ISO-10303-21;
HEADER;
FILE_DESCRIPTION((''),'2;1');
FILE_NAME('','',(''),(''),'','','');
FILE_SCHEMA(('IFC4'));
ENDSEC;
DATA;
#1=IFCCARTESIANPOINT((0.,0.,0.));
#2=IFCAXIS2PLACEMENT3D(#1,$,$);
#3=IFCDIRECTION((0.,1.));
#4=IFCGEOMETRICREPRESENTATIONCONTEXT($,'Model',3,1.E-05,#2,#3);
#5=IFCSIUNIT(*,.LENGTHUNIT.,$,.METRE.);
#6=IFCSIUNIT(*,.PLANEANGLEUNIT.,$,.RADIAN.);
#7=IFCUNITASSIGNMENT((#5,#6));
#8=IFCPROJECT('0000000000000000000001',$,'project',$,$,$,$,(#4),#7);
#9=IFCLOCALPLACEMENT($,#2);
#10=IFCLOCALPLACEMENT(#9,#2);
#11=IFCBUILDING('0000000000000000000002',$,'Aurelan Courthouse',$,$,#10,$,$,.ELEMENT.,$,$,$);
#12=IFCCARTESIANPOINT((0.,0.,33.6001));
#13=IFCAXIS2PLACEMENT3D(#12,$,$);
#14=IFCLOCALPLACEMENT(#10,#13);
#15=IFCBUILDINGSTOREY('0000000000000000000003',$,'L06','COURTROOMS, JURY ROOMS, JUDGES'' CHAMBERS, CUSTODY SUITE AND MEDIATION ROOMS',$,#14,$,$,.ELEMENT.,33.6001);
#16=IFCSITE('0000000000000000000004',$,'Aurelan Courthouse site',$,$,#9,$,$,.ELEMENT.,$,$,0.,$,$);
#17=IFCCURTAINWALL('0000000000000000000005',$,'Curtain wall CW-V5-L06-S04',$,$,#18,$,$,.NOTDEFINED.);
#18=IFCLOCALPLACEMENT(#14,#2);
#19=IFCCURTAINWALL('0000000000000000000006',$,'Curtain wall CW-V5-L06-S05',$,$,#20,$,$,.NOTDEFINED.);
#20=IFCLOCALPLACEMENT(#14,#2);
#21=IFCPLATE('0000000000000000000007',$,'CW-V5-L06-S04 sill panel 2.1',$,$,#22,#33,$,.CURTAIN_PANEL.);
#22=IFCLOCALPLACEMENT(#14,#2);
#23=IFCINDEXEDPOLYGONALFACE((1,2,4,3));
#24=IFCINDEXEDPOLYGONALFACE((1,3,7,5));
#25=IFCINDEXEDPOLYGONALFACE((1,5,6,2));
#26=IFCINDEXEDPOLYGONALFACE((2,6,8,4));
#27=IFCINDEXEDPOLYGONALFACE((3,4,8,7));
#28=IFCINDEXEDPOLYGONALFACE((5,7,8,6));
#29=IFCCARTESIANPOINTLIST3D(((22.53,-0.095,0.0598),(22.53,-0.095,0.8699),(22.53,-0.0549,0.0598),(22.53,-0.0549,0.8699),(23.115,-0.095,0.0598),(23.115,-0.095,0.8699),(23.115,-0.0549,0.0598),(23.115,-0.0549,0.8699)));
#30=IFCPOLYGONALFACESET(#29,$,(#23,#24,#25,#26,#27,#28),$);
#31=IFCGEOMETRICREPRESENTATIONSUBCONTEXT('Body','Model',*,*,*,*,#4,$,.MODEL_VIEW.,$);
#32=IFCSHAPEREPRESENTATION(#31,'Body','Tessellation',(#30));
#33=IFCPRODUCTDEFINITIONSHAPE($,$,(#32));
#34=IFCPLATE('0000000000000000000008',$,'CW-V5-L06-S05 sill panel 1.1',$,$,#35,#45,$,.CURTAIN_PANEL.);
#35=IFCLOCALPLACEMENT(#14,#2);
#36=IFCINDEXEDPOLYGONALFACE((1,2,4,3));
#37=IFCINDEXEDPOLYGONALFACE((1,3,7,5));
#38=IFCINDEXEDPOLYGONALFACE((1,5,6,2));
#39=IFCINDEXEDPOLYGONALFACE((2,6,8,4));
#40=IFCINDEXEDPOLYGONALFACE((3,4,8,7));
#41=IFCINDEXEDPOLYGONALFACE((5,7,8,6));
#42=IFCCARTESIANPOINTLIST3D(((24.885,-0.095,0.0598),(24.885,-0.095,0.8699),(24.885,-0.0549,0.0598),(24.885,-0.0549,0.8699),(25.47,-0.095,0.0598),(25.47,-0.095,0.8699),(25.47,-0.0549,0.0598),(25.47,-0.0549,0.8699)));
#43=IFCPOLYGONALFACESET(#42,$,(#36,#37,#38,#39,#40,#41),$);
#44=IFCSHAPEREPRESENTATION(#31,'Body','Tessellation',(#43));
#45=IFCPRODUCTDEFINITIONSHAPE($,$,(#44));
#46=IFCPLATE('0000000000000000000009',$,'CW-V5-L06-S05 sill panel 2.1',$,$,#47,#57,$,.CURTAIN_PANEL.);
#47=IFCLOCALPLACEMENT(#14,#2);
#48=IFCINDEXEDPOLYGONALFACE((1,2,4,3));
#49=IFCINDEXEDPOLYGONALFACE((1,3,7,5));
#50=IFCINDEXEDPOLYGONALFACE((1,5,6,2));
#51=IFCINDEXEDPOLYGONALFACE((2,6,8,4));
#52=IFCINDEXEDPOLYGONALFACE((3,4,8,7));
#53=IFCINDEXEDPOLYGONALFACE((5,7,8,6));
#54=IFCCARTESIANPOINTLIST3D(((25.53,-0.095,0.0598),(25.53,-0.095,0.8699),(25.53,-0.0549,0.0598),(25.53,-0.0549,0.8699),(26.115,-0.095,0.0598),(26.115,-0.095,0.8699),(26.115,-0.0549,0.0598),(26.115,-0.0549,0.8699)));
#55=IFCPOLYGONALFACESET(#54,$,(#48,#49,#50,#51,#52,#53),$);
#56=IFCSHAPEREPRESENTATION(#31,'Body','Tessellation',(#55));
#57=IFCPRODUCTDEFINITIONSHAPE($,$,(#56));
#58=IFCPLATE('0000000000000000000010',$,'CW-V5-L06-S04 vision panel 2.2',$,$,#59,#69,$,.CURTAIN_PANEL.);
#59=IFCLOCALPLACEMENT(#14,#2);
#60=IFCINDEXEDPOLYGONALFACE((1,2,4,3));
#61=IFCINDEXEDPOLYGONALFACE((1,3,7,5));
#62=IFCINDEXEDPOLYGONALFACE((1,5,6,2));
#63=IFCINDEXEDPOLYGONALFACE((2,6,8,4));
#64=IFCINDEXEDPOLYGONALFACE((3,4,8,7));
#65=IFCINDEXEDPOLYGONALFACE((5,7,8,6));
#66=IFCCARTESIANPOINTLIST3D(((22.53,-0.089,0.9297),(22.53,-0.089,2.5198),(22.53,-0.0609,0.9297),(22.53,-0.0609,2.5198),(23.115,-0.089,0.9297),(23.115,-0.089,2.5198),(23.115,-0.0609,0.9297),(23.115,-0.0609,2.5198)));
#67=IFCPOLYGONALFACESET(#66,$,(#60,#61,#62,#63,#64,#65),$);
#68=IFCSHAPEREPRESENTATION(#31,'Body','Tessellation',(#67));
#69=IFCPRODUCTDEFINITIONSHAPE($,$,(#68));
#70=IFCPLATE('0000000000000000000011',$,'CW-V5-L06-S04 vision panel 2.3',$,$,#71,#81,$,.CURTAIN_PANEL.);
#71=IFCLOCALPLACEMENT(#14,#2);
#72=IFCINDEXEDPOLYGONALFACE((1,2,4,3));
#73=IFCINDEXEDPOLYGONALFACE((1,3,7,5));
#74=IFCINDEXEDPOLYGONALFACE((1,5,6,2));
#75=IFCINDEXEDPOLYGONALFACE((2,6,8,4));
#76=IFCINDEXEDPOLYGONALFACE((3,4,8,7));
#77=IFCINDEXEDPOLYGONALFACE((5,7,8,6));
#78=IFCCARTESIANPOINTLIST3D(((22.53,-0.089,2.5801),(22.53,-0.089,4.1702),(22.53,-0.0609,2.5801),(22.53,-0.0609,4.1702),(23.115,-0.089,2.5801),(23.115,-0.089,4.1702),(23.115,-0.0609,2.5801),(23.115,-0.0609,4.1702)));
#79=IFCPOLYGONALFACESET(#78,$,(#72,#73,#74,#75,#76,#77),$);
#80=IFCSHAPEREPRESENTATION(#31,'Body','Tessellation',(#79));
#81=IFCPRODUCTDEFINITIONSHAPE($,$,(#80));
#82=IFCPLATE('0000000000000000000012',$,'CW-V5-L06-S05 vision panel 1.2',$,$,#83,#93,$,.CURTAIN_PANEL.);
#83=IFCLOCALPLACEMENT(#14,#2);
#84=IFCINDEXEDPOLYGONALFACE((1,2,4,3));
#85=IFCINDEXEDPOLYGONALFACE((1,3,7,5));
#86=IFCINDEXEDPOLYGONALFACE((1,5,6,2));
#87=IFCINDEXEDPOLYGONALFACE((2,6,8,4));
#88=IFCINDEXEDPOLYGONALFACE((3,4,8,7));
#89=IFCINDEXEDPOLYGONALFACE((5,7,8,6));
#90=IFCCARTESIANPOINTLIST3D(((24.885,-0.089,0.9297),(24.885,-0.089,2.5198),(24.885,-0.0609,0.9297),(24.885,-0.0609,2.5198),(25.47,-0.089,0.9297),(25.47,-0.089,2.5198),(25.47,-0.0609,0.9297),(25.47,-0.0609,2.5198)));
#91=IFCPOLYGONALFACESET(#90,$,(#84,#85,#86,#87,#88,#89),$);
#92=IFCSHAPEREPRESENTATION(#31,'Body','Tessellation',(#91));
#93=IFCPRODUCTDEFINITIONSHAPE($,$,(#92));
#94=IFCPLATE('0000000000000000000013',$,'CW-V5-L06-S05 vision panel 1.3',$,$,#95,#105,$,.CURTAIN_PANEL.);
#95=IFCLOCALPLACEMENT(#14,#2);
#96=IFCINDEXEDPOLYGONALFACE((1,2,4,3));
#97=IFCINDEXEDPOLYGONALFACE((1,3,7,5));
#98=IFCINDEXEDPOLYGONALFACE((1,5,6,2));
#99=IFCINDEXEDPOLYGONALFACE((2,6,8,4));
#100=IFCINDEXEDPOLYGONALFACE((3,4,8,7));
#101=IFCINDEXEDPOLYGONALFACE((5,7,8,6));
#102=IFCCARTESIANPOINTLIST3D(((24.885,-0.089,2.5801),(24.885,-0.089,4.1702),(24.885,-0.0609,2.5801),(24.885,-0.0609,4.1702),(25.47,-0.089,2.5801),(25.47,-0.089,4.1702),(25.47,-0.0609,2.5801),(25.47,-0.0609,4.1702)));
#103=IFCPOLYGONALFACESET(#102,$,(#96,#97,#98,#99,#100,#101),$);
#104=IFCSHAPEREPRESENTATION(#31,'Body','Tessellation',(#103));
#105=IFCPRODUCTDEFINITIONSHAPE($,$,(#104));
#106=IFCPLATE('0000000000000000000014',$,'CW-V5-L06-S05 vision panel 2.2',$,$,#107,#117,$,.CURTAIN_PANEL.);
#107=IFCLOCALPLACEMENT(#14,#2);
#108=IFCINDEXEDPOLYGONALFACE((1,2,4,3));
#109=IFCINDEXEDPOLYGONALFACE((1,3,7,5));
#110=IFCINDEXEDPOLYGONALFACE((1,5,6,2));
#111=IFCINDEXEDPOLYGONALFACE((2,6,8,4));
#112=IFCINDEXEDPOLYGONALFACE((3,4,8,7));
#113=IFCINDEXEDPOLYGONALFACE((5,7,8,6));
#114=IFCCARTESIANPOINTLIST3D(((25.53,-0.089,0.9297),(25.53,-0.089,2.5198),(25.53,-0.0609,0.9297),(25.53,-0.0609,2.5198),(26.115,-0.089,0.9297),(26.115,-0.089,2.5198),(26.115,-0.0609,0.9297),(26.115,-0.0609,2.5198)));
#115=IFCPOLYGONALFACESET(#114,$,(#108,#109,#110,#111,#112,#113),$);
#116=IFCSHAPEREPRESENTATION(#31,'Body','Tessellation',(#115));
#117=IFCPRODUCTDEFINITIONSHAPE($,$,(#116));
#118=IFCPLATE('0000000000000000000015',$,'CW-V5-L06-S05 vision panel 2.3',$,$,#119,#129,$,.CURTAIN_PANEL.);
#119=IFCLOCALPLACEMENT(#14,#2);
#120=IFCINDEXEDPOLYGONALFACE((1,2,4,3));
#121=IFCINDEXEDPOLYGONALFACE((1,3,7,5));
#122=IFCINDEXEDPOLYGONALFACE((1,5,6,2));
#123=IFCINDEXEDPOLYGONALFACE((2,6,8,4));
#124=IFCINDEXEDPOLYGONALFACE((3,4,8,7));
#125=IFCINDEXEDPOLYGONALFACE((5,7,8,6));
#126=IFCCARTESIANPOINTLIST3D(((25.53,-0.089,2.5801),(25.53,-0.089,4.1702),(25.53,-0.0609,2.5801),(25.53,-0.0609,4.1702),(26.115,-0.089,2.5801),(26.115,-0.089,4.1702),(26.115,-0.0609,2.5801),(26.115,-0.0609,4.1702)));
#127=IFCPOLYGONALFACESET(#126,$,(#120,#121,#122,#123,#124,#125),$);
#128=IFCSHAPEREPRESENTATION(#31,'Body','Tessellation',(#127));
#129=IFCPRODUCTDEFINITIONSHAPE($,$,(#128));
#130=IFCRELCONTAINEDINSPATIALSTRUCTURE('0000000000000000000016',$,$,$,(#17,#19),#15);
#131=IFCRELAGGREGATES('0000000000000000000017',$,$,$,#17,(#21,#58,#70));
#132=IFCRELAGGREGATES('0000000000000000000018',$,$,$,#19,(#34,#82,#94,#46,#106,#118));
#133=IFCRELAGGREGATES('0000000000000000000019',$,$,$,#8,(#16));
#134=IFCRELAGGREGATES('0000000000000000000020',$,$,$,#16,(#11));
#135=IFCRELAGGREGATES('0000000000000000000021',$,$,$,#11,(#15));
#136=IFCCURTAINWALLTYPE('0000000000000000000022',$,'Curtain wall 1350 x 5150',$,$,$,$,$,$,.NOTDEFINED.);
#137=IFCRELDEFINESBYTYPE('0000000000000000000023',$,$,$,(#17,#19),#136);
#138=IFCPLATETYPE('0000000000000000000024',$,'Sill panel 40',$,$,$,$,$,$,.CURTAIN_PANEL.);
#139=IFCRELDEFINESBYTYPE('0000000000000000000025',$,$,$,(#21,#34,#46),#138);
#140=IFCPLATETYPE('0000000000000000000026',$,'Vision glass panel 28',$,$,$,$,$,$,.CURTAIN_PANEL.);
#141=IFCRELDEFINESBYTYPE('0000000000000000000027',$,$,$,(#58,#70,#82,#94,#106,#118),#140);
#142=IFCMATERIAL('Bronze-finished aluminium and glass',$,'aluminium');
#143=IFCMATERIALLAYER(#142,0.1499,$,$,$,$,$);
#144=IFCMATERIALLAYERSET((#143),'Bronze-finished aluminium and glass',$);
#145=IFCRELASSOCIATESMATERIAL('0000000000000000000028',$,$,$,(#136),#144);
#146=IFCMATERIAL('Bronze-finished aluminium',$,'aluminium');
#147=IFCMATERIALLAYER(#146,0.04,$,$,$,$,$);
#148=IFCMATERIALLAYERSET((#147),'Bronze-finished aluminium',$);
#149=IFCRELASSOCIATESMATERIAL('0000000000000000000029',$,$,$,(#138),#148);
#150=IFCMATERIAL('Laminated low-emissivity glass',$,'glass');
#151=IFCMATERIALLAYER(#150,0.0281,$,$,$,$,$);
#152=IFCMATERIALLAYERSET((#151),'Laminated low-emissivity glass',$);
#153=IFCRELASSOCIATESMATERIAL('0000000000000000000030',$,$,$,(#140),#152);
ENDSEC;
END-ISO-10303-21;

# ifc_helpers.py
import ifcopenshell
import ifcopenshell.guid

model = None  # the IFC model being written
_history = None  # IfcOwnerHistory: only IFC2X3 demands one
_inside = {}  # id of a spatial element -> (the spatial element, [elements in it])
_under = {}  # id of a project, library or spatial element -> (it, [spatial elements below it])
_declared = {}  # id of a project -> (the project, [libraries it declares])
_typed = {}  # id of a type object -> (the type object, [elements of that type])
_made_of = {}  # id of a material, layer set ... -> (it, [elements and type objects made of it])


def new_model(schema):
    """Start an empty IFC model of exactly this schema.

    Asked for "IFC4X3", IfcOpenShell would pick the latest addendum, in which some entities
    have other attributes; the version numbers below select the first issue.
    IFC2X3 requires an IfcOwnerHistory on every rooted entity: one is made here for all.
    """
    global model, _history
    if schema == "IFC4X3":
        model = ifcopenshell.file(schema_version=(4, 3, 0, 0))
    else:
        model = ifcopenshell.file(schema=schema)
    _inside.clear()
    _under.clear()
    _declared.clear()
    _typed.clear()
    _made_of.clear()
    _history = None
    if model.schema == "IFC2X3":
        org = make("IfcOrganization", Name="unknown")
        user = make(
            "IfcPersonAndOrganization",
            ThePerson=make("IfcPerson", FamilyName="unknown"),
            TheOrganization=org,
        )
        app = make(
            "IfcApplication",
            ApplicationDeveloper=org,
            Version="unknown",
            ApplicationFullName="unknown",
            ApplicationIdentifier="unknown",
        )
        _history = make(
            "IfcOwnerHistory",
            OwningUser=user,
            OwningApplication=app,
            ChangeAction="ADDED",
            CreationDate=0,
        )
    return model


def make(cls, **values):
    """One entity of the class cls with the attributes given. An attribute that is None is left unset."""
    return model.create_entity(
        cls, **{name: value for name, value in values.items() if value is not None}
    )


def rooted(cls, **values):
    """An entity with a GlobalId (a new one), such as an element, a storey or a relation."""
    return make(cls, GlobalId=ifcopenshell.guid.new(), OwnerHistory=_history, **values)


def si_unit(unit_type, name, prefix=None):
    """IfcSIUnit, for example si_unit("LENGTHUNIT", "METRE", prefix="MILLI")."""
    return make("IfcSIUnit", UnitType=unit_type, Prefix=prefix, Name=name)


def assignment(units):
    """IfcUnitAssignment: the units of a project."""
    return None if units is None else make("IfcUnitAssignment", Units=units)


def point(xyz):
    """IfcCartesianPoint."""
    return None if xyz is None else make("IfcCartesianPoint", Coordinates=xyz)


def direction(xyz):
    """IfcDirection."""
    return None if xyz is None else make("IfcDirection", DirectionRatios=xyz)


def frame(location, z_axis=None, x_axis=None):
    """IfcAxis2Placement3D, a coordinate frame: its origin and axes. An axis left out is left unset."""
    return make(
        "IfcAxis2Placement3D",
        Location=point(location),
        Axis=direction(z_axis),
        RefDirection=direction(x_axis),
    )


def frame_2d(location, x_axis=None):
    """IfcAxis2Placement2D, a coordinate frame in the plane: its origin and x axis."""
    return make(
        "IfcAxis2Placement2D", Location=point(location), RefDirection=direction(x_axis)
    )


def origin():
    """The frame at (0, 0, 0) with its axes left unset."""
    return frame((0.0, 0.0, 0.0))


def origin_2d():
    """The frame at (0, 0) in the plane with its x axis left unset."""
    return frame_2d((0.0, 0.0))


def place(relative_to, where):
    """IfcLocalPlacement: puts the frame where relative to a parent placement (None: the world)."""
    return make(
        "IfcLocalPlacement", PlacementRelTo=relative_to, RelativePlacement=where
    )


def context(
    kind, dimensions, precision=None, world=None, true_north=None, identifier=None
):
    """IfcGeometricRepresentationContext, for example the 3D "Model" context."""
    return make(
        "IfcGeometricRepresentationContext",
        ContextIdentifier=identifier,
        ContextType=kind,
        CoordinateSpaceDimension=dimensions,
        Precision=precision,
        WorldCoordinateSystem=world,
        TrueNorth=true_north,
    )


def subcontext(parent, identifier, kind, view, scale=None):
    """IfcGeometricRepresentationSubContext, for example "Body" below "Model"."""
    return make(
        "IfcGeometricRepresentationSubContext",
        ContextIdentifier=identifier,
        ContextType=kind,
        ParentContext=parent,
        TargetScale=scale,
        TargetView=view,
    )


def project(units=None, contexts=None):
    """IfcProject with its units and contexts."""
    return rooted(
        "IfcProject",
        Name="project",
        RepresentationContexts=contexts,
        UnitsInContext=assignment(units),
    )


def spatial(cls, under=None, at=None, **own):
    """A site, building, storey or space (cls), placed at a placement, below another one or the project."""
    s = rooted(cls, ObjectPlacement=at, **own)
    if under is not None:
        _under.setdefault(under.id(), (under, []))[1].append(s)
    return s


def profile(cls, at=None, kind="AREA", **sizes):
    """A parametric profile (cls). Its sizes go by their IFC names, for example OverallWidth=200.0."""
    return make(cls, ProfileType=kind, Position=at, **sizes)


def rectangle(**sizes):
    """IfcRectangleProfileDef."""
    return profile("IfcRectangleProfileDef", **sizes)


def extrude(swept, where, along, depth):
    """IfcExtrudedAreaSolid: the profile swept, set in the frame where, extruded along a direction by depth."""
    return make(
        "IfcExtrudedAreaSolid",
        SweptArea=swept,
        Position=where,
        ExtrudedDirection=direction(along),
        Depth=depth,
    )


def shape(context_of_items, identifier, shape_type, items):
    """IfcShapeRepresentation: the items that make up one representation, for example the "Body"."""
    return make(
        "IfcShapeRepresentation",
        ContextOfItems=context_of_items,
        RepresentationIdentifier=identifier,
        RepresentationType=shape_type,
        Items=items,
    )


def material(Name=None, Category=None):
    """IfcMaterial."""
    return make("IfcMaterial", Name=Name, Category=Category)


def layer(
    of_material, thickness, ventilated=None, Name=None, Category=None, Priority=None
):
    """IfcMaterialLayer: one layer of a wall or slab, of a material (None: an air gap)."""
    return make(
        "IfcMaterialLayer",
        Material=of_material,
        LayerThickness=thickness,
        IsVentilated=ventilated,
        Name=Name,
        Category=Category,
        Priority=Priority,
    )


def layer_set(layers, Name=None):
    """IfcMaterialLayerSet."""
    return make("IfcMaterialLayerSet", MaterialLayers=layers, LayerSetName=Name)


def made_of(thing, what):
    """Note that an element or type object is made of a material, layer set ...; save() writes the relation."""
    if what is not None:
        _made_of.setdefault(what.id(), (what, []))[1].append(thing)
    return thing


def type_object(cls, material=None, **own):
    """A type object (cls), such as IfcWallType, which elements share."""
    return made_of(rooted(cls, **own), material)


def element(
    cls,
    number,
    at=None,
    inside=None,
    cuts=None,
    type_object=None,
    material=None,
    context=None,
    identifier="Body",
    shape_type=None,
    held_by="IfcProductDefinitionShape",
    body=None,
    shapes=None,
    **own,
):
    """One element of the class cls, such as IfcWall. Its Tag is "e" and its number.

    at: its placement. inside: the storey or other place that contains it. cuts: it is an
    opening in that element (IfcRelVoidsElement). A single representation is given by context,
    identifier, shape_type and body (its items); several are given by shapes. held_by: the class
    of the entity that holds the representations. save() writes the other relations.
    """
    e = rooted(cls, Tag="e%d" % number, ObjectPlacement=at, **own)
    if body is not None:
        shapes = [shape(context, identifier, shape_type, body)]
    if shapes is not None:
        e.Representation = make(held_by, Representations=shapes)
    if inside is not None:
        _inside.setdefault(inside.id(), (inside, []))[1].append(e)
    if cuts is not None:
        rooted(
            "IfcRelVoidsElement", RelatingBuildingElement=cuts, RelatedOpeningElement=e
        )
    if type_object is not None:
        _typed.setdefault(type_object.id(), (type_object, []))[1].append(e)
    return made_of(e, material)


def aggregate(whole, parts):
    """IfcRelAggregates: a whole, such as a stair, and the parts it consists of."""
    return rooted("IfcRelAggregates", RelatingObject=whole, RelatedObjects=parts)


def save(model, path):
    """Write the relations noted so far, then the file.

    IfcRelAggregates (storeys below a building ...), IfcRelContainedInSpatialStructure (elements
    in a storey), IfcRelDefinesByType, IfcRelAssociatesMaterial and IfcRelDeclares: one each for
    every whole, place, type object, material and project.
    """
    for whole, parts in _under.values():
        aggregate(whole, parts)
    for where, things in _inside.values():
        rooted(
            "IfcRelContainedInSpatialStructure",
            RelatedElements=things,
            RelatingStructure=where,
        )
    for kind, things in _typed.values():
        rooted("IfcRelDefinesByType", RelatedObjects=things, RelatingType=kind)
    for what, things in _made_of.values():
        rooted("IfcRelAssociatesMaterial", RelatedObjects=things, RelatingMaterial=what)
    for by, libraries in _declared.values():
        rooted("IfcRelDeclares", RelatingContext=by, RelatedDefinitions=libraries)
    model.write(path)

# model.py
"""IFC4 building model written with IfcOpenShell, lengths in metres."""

from ifc_helpers import new_model, si_unit, direction, frame, origin, origin_2d, place, context, subcontext, project, spatial, rectangle, extrude, material, layer, layer_set, type_object, element, aggregate, save


model = new_model("IFC4")

# Units and contexts
model_context = context("Model", 3, precision=1e-05, world=origin(), true_north=direction((0.0, 1.0)))
body_context = subcontext(model_context, "Body", "Model", "MODEL_VIEW")
ifc_project = project(units=[si_unit("LENGTHUNIT", "METRE"), si_unit("PLANEANGLEUNIT", "RADIAN")], contexts=[model_context])

# Site, building, storey
site_placement = place(None, origin())
site = spatial("IfcSite", under=ifc_project, at=site_placement, Name="Aurelan Courthouse site", CompositionType="ELEMENT", RefElevation=0.0)
building_placement = place(site_placement, origin())
building = spatial("IfcBuilding", under=site, at=building_placement, Name="Aurelan Courthouse", CompositionType="ELEMENT")
storey_placement = place(building_placement, frame((0.0, 0.0, 33.6001)))
storey = spatial("IfcBuildingStorey", under=building, at=storey_placement, Name="L06", Description="COURTROOMS, JURY ROOMS, JUDGES' CHAMBERS, CUSTODY SUITE AND MEDIATION ROOMS", CompositionType="ELEMENT", Elevation=33.6001)

# Curtain wall
ifc_material_1 = material(Name="Bronze-finished aluminium and glass", Category="aluminium")
ifc_layer_1 = layer(ifc_material_1, 0.1499)
ifc_layer_set_1 = layer_set([ifc_layer_1], Name="Bronze-finished aluminium and glass")
curtain_wall_type = type_object("IfcCurtainWallType", Name="Curtain wall 1350 x 5150", PredefinedType="NOTDEFINED", material=ifc_layer_set_1)
curtain_wall_1_placement = place(storey_placement, origin())
curtain_wall_1 = element("IfcCurtainWall", 1, at=curtain_wall_1_placement, inside=storey, type_object=curtain_wall_type, Name="Curtain wall CW-V5-L06-S04", PredefinedType="NOTDEFINED")
ifc_material_2 = material(Name="Bronze-finished aluminium", Category="aluminium")

# Curtain wall
curtain_wall_2_placement = place(storey_placement, origin())
curtain_wall_2 = element("IfcCurtainWall", 2, at=curtain_wall_2_placement, inside=storey, type_object=curtain_wall_type, Name="Curtain wall CW-V5-L06-S05", PredefinedType="NOTDEFINED")

# Plates
ifc_layer_2 = layer(ifc_material_2, 0.04)
ifc_layer_set_2 = layer_set([ifc_layer_2], Name="Bronze-finished aluminium")
plate_type_1 = type_object("IfcPlateType", Name="Sill panel 40", PredefinedType="CURTAIN_PANEL", material=ifc_layer_set_2)
plate_1_placement = place(storey_placement, frame((22.8225, -0.075, 0.0598), z_axis=(0.0, 0.0, 1.0), x_axis=(1.0, 0.0, 0.0)))
plate_1 = element("IfcPlate", 3, at=plate_1_placement, type_object=plate_type_1, Name="CW-V5-L06-S04 sill panel 2.1", PredefinedType="CURTAIN_PANEL", context=body_context, shape_type="SweptSolid", body=[
    extrude(rectangle(XDim=0.585, YDim=0.04, at=origin_2d()), origin(), (0.0, 0.0, 1.0), 0.8101),
])
plate_2_placement = place(storey_placement, frame((25.1775, -0.075, 0.0598), z_axis=(0.0, 0.0, 1.0), x_axis=(1.0, 0.0, 0.0)))
plate_2 = element("IfcPlate", 4, at=plate_2_placement, type_object=plate_type_1, Name="CW-V5-L06-S05 sill panel 1.1", PredefinedType="CURTAIN_PANEL", context=body_context, shape_type="SweptSolid", body=[
    extrude(rectangle(XDim=0.585, YDim=0.04, at=origin_2d()), origin(), (0.0, 0.0, 1.0), 0.8101),
])
plate_3_placement = place(storey_placement, frame((25.8225, -0.075, 0.0598), z_axis=(0.0, 0.0, 1.0), x_axis=(1.0, 0.0, 0.0)))
plate_3 = element("IfcPlate", 5, at=plate_3_placement, type_object=plate_type_1, Name="CW-V5-L06-S05 sill panel 2.1", PredefinedType="CURTAIN_PANEL", context=body_context, shape_type="SweptSolid", body=[
    extrude(rectangle(XDim=0.585, YDim=0.04, at=origin_2d()), origin(), (0.0, 0.0, 1.0), 0.8101),
])
ifc_material_3 = material(Name="Laminated low-emissivity glass", Category="glass")
ifc_layer_3 = layer(ifc_material_3, 0.0281)
ifc_layer_set_3 = layer_set([ifc_layer_3], Name="Laminated low-emissivity glass")
plate_type_2 = type_object("IfcPlateType", Name="Vision glass panel 28", PredefinedType="CURTAIN_PANEL", material=ifc_layer_set_3)
plate_4_placement = place(storey_placement, frame((22.8225, -0.075, 0.9297), z_axis=(0.0, 0.0, 1.0), x_axis=(1.0, 0.0, 0.0)))
plate_4 = element("IfcPlate", 6, at=plate_4_placement, type_object=plate_type_2, Name="CW-V5-L06-S04 vision panel 2.2", PredefinedType="CURTAIN_PANEL", context=body_context, shape_type="SweptSolid", body=[
    extrude(rectangle(XDim=0.585, YDim=0.0281, at=origin_2d()), origin(), (0.0, 0.0, 1.0), 1.5901),
])
plate_5_placement = place(storey_placement, frame((22.8225, -0.075, 2.5801), z_axis=(0.0, 0.0, 1.0), x_axis=(1.0, 0.0, 0.0)))
plate_5 = element("IfcPlate", 7, at=plate_5_placement, type_object=plate_type_2, Name="CW-V5-L06-S04 vision panel 2.3", PredefinedType="CURTAIN_PANEL", context=body_context, shape_type="SweptSolid", body=[
    extrude(rectangle(XDim=0.585, YDim=0.0281, at=origin_2d()), origin(), (0.0, 0.0, 1.0), 1.5901),
])
aggregate(curtain_wall_1, [plate_1, plate_4, plate_5])
plate_6_placement = place(storey_placement, frame((25.1775, -0.075, 0.9297), z_axis=(0.0, 0.0, 1.0), x_axis=(1.0, 0.0, 0.0)))
plate_6 = element("IfcPlate", 8, at=plate_6_placement, type_object=plate_type_2, Name="CW-V5-L06-S05 vision panel 1.2", PredefinedType="CURTAIN_PANEL", context=body_context, shape_type="SweptSolid", body=[
    extrude(rectangle(XDim=0.585, YDim=0.0281, at=origin_2d()), origin(), (0.0, 0.0, 1.0), 1.5901),
])
plate_7_placement = place(storey_placement, frame((25.1775, -0.075, 2.5801), z_axis=(0.0, 0.0, 1.0), x_axis=(1.0, 0.0, 0.0)))
plate_7 = element("IfcPlate", 9, at=plate_7_placement, type_object=plate_type_2, Name="CW-V5-L06-S05 vision panel 1.3", PredefinedType="CURTAIN_PANEL", context=body_context, shape_type="SweptSolid", body=[
    extrude(rectangle(XDim=0.585, YDim=0.0281, at=origin_2d()), origin(), (0.0, 0.0, 1.0), 1.5901),
])
plate_8_placement = place(storey_placement, frame((25.8225, -0.075, 0.9297), z_axis=(0.0, 0.0, 1.0), x_axis=(1.0, 0.0, 0.0)))
plate_8 = element("IfcPlate", 10, at=plate_8_placement, type_object=plate_type_2, Name="CW-V5-L06-S05 vision panel 2.2", PredefinedType="CURTAIN_PANEL", context=body_context, shape_type="SweptSolid", body=[
    extrude(rectangle(XDim=0.585, YDim=0.0281, at=origin_2d()), origin(), (0.0, 0.0, 1.0), 1.5901),
])
plate_9_placement = place(storey_placement, frame((25.8225, -0.075, 2.5801), z_axis=(0.0, 0.0, 1.0), x_axis=(1.0, 0.0, 0.0)))
plate_9 = element("IfcPlate", 11, at=plate_9_placement, type_object=plate_type_2, Name="CW-V5-L06-S05 vision panel 2.3", PredefinedType="CURTAIN_PANEL", context=body_context, shape_type="SweptSolid", body=[
    extrude(rectangle(XDim=0.585, YDim=0.0281, at=origin_2d()), origin(), (0.0, 0.0, 1.0), 1.5901),
])
aggregate(curtain_wall_2, [plate_2, plate_6, plate_7, plate_3, plate_8, plate_9])

save(model, "model.ifc")
